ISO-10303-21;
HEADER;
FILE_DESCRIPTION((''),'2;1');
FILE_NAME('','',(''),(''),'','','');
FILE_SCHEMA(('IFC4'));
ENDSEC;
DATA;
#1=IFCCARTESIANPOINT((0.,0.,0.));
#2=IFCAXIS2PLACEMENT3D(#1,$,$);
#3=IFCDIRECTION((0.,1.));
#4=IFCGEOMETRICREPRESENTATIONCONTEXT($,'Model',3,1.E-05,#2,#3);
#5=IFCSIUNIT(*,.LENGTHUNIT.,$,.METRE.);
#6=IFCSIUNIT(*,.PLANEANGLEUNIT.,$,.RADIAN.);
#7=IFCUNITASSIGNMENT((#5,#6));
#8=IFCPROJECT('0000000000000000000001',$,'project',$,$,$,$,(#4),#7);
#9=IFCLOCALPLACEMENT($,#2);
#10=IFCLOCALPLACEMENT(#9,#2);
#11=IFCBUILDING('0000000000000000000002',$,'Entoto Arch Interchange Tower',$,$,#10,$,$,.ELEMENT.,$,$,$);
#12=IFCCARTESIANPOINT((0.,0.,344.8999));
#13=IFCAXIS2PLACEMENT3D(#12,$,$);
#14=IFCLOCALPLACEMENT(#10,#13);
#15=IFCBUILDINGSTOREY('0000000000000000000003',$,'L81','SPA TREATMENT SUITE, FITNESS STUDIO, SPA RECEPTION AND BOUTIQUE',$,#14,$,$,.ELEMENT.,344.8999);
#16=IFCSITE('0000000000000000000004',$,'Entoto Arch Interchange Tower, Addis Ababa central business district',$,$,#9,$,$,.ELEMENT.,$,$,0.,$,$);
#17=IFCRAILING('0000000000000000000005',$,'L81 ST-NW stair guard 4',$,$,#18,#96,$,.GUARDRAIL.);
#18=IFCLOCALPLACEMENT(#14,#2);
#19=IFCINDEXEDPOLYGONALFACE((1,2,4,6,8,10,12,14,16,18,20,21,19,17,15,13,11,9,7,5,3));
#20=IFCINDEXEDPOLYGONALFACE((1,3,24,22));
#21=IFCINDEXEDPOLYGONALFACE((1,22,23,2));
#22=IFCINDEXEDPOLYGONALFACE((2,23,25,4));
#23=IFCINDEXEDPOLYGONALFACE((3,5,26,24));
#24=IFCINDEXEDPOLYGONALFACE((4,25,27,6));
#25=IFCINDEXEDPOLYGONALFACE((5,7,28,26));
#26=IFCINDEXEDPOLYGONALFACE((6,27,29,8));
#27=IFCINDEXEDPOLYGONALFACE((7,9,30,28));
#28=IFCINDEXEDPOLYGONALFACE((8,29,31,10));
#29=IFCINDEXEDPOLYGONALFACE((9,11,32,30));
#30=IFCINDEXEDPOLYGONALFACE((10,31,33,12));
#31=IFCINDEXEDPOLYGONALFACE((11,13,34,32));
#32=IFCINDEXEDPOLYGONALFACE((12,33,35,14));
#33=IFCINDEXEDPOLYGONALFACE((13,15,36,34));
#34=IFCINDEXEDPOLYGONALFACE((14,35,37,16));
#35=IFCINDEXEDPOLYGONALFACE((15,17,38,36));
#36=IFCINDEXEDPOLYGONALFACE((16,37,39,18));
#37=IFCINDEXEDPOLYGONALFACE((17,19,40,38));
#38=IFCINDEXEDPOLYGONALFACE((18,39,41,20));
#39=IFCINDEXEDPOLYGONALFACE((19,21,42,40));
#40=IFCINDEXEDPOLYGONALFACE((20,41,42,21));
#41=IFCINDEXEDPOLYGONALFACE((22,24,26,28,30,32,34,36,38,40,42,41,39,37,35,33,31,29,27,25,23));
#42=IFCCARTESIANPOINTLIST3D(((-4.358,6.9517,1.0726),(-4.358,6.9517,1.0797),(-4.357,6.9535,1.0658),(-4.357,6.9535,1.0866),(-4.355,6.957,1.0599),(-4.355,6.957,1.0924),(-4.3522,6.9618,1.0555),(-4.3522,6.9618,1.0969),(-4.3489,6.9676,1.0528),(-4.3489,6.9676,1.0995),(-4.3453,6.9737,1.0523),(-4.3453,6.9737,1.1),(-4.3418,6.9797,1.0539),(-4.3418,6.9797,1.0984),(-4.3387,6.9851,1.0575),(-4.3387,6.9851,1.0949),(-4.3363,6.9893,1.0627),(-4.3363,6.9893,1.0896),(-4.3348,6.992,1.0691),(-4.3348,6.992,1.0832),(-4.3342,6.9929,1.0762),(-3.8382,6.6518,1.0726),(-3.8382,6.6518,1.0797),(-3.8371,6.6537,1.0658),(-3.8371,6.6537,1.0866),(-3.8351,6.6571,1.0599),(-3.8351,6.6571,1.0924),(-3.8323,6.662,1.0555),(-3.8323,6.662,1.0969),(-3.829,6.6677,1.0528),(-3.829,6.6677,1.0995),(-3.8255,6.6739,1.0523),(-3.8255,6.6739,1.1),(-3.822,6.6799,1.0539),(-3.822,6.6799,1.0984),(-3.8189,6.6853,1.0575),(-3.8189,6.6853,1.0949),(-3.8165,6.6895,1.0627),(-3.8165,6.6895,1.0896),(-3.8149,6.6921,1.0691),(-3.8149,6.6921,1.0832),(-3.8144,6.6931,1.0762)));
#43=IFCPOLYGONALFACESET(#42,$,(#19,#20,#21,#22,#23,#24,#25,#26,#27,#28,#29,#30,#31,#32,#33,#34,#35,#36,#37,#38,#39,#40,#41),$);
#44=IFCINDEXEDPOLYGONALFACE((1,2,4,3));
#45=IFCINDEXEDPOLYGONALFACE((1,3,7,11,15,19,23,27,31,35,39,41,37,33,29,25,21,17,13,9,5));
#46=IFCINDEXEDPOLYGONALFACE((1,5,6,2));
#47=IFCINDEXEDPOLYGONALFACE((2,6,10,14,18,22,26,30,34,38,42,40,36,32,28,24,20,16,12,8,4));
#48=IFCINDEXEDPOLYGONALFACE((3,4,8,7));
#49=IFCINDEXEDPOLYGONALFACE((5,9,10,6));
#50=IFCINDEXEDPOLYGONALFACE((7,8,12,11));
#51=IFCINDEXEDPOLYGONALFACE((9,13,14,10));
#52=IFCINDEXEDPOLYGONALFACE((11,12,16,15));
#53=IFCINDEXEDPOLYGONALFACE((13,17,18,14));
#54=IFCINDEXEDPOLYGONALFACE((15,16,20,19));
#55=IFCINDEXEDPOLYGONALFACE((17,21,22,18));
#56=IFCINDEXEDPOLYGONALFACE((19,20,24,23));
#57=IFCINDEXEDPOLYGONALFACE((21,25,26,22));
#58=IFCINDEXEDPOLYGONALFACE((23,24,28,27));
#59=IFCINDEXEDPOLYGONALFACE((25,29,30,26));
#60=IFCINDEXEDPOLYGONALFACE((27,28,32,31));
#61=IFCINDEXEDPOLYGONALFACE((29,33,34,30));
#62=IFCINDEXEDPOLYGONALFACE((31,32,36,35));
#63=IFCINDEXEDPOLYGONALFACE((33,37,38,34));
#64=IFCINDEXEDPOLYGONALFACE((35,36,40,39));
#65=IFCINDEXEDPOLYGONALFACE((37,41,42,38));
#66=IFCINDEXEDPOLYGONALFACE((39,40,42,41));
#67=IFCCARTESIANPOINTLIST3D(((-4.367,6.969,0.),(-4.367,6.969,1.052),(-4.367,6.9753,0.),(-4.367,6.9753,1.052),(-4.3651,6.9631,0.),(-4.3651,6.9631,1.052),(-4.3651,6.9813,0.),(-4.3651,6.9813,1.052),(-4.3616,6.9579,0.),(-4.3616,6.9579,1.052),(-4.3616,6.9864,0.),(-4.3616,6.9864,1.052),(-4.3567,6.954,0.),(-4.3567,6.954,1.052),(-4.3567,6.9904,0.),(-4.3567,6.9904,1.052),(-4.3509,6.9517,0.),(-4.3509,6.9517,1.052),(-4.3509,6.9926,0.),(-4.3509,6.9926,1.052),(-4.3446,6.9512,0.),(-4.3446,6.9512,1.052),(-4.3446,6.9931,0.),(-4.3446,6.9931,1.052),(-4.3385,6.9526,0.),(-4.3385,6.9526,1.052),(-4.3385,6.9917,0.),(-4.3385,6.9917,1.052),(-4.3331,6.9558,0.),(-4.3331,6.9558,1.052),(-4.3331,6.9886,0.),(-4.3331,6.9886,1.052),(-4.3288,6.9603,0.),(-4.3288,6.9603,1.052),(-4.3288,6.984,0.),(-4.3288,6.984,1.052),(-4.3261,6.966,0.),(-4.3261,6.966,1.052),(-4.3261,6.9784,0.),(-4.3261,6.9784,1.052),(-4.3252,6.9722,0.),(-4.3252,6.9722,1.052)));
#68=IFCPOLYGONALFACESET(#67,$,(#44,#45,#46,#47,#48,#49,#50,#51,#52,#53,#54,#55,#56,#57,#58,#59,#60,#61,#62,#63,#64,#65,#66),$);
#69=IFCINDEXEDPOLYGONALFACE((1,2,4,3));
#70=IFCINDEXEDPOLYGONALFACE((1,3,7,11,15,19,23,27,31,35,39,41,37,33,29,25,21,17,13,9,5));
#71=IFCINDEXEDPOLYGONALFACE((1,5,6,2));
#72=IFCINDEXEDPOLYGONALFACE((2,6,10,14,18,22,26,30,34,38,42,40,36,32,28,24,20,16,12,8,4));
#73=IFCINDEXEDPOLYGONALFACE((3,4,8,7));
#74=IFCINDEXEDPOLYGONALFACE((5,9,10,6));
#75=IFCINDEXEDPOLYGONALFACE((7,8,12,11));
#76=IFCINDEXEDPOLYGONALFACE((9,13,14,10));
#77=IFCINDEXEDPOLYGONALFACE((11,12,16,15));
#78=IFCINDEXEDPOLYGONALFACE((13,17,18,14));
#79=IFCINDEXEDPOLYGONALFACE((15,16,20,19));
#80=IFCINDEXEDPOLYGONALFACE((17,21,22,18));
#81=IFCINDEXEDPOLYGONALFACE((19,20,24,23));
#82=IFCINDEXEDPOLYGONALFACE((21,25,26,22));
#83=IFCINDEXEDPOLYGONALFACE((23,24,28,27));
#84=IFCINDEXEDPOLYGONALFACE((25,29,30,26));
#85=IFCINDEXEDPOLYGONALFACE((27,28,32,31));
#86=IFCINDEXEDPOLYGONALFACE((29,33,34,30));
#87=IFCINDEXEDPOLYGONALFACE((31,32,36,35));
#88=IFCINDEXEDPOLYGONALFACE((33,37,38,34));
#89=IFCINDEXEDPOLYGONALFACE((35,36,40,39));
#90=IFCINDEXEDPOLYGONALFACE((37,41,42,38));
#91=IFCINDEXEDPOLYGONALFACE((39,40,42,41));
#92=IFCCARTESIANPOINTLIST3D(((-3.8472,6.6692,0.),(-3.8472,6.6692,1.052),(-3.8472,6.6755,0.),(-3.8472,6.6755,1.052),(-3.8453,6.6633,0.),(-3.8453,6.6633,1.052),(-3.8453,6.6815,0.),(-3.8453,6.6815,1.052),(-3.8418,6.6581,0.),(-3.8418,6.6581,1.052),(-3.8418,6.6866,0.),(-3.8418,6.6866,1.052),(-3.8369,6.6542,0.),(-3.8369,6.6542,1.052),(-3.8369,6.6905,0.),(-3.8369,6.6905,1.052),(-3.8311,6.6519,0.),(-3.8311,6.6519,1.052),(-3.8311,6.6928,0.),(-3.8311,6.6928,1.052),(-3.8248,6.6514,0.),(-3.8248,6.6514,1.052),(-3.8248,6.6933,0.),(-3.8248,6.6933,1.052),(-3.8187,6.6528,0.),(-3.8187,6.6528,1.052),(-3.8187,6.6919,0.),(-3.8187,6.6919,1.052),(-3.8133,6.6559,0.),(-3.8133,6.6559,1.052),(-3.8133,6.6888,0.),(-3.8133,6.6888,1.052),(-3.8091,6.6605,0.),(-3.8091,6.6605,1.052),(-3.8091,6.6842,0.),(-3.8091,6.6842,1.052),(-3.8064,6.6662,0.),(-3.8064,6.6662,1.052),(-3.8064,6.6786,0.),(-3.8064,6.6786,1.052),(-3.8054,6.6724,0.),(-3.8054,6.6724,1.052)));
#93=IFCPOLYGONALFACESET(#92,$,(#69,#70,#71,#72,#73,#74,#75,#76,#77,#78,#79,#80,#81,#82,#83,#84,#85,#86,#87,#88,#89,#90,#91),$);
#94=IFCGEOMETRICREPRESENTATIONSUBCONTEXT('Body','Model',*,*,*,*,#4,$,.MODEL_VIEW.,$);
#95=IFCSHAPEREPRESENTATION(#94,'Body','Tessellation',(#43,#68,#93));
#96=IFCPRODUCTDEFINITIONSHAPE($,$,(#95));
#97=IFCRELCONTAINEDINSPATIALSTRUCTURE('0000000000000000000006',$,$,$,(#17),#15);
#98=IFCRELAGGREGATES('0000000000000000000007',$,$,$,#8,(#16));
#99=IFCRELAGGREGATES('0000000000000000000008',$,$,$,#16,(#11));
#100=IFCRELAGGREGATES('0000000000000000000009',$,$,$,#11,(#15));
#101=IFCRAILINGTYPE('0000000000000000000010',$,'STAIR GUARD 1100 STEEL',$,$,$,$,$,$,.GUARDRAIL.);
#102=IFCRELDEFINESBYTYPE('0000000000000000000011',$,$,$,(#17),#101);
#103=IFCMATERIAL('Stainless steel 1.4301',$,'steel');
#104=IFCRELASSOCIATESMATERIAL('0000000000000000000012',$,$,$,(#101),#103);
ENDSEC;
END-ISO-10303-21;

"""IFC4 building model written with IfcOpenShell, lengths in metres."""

from ifc_helpers import new_model, si_unit, direction, frame, origin, origin_2d, place, context, subcontext, project, spatial, circle, extrude, material, type_object, element, save


model = new_model("IFC4")

# Units and contexts
model_context = context("Model", 3, precision=1e-05, world=origin(), true_north=direction((0.0, 1.0)))
body_context = subcontext(model_context, "Body", "Model", "MODEL_VIEW")
ifc_project = project(units=[si_unit("LENGTHUNIT", "METRE"), si_unit("PLANEANGLEUNIT", "RADIAN")], contexts=[model_context])

# Site, building, storey
site_placement = place(None, origin())
site = spatial("IfcSite", under=ifc_project, at=site_placement, Name="Entoto Arch Interchange Tower, Addis Ababa central business district", CompositionType="ELEMENT", RefElevation=0.0)
building_placement = place(site_placement, origin())
building = spatial("IfcBuilding", under=site, at=building_placement, Name="Entoto Arch Interchange Tower", CompositionType="ELEMENT")
storey_placement = place(building_placement, frame((0.0, 0.0, 344.8999)))
storey = spatial("IfcBuildingStorey", under=building, at=storey_placement, Name="L81", Description="SPA TREATMENT SUITE, FITNESS STUDIO, SPA RECEPTION AND BOUTIQUE", CompositionType="ELEMENT", Elevation=344.8999)

# Railing
ifc_material_1 = material(Name="Stainless steel 1.4301", Category="steel")
railing_type_1 = type_object("IfcRailingType", Name="STAIR GUARD 1100 STEEL", PredefinedType="GUARDRAIL", material=ifc_material_1)
railing_1_placement = place(storey_placement, frame((-4.3462, 6.9722, 0.0)))
element("IfcRailing", 1, at=railing_1_placement, inside=storey, type_object=railing_type_1, Name="L81 ST-NW stair guard 4", PredefinedType="GUARDRAIL", context=body_context, shape_type="SweptSolid", body=[
    extrude(circle(Radius=0.0239, at=origin_2d()), frame((0.0, 0.0, 1.0762), z_axis=(0.866233, -0.49964, 0.0), x_axis=(0.49964, 0.866233, 0.0)), (0.0, 0.0, 1.0), 0.6001),
    extrude(circle(Radius=0.021, at=origin_2d()), origin(), (0.0, 0.0, 1.0), 1.052),
    extrude(circle(Radius=0.021, at=origin_2d()), frame((0.5198, -0.2998, 0.0)), (0.0, 0.0, 1.0), 1.052),
])

save(model, "model.ifc")
